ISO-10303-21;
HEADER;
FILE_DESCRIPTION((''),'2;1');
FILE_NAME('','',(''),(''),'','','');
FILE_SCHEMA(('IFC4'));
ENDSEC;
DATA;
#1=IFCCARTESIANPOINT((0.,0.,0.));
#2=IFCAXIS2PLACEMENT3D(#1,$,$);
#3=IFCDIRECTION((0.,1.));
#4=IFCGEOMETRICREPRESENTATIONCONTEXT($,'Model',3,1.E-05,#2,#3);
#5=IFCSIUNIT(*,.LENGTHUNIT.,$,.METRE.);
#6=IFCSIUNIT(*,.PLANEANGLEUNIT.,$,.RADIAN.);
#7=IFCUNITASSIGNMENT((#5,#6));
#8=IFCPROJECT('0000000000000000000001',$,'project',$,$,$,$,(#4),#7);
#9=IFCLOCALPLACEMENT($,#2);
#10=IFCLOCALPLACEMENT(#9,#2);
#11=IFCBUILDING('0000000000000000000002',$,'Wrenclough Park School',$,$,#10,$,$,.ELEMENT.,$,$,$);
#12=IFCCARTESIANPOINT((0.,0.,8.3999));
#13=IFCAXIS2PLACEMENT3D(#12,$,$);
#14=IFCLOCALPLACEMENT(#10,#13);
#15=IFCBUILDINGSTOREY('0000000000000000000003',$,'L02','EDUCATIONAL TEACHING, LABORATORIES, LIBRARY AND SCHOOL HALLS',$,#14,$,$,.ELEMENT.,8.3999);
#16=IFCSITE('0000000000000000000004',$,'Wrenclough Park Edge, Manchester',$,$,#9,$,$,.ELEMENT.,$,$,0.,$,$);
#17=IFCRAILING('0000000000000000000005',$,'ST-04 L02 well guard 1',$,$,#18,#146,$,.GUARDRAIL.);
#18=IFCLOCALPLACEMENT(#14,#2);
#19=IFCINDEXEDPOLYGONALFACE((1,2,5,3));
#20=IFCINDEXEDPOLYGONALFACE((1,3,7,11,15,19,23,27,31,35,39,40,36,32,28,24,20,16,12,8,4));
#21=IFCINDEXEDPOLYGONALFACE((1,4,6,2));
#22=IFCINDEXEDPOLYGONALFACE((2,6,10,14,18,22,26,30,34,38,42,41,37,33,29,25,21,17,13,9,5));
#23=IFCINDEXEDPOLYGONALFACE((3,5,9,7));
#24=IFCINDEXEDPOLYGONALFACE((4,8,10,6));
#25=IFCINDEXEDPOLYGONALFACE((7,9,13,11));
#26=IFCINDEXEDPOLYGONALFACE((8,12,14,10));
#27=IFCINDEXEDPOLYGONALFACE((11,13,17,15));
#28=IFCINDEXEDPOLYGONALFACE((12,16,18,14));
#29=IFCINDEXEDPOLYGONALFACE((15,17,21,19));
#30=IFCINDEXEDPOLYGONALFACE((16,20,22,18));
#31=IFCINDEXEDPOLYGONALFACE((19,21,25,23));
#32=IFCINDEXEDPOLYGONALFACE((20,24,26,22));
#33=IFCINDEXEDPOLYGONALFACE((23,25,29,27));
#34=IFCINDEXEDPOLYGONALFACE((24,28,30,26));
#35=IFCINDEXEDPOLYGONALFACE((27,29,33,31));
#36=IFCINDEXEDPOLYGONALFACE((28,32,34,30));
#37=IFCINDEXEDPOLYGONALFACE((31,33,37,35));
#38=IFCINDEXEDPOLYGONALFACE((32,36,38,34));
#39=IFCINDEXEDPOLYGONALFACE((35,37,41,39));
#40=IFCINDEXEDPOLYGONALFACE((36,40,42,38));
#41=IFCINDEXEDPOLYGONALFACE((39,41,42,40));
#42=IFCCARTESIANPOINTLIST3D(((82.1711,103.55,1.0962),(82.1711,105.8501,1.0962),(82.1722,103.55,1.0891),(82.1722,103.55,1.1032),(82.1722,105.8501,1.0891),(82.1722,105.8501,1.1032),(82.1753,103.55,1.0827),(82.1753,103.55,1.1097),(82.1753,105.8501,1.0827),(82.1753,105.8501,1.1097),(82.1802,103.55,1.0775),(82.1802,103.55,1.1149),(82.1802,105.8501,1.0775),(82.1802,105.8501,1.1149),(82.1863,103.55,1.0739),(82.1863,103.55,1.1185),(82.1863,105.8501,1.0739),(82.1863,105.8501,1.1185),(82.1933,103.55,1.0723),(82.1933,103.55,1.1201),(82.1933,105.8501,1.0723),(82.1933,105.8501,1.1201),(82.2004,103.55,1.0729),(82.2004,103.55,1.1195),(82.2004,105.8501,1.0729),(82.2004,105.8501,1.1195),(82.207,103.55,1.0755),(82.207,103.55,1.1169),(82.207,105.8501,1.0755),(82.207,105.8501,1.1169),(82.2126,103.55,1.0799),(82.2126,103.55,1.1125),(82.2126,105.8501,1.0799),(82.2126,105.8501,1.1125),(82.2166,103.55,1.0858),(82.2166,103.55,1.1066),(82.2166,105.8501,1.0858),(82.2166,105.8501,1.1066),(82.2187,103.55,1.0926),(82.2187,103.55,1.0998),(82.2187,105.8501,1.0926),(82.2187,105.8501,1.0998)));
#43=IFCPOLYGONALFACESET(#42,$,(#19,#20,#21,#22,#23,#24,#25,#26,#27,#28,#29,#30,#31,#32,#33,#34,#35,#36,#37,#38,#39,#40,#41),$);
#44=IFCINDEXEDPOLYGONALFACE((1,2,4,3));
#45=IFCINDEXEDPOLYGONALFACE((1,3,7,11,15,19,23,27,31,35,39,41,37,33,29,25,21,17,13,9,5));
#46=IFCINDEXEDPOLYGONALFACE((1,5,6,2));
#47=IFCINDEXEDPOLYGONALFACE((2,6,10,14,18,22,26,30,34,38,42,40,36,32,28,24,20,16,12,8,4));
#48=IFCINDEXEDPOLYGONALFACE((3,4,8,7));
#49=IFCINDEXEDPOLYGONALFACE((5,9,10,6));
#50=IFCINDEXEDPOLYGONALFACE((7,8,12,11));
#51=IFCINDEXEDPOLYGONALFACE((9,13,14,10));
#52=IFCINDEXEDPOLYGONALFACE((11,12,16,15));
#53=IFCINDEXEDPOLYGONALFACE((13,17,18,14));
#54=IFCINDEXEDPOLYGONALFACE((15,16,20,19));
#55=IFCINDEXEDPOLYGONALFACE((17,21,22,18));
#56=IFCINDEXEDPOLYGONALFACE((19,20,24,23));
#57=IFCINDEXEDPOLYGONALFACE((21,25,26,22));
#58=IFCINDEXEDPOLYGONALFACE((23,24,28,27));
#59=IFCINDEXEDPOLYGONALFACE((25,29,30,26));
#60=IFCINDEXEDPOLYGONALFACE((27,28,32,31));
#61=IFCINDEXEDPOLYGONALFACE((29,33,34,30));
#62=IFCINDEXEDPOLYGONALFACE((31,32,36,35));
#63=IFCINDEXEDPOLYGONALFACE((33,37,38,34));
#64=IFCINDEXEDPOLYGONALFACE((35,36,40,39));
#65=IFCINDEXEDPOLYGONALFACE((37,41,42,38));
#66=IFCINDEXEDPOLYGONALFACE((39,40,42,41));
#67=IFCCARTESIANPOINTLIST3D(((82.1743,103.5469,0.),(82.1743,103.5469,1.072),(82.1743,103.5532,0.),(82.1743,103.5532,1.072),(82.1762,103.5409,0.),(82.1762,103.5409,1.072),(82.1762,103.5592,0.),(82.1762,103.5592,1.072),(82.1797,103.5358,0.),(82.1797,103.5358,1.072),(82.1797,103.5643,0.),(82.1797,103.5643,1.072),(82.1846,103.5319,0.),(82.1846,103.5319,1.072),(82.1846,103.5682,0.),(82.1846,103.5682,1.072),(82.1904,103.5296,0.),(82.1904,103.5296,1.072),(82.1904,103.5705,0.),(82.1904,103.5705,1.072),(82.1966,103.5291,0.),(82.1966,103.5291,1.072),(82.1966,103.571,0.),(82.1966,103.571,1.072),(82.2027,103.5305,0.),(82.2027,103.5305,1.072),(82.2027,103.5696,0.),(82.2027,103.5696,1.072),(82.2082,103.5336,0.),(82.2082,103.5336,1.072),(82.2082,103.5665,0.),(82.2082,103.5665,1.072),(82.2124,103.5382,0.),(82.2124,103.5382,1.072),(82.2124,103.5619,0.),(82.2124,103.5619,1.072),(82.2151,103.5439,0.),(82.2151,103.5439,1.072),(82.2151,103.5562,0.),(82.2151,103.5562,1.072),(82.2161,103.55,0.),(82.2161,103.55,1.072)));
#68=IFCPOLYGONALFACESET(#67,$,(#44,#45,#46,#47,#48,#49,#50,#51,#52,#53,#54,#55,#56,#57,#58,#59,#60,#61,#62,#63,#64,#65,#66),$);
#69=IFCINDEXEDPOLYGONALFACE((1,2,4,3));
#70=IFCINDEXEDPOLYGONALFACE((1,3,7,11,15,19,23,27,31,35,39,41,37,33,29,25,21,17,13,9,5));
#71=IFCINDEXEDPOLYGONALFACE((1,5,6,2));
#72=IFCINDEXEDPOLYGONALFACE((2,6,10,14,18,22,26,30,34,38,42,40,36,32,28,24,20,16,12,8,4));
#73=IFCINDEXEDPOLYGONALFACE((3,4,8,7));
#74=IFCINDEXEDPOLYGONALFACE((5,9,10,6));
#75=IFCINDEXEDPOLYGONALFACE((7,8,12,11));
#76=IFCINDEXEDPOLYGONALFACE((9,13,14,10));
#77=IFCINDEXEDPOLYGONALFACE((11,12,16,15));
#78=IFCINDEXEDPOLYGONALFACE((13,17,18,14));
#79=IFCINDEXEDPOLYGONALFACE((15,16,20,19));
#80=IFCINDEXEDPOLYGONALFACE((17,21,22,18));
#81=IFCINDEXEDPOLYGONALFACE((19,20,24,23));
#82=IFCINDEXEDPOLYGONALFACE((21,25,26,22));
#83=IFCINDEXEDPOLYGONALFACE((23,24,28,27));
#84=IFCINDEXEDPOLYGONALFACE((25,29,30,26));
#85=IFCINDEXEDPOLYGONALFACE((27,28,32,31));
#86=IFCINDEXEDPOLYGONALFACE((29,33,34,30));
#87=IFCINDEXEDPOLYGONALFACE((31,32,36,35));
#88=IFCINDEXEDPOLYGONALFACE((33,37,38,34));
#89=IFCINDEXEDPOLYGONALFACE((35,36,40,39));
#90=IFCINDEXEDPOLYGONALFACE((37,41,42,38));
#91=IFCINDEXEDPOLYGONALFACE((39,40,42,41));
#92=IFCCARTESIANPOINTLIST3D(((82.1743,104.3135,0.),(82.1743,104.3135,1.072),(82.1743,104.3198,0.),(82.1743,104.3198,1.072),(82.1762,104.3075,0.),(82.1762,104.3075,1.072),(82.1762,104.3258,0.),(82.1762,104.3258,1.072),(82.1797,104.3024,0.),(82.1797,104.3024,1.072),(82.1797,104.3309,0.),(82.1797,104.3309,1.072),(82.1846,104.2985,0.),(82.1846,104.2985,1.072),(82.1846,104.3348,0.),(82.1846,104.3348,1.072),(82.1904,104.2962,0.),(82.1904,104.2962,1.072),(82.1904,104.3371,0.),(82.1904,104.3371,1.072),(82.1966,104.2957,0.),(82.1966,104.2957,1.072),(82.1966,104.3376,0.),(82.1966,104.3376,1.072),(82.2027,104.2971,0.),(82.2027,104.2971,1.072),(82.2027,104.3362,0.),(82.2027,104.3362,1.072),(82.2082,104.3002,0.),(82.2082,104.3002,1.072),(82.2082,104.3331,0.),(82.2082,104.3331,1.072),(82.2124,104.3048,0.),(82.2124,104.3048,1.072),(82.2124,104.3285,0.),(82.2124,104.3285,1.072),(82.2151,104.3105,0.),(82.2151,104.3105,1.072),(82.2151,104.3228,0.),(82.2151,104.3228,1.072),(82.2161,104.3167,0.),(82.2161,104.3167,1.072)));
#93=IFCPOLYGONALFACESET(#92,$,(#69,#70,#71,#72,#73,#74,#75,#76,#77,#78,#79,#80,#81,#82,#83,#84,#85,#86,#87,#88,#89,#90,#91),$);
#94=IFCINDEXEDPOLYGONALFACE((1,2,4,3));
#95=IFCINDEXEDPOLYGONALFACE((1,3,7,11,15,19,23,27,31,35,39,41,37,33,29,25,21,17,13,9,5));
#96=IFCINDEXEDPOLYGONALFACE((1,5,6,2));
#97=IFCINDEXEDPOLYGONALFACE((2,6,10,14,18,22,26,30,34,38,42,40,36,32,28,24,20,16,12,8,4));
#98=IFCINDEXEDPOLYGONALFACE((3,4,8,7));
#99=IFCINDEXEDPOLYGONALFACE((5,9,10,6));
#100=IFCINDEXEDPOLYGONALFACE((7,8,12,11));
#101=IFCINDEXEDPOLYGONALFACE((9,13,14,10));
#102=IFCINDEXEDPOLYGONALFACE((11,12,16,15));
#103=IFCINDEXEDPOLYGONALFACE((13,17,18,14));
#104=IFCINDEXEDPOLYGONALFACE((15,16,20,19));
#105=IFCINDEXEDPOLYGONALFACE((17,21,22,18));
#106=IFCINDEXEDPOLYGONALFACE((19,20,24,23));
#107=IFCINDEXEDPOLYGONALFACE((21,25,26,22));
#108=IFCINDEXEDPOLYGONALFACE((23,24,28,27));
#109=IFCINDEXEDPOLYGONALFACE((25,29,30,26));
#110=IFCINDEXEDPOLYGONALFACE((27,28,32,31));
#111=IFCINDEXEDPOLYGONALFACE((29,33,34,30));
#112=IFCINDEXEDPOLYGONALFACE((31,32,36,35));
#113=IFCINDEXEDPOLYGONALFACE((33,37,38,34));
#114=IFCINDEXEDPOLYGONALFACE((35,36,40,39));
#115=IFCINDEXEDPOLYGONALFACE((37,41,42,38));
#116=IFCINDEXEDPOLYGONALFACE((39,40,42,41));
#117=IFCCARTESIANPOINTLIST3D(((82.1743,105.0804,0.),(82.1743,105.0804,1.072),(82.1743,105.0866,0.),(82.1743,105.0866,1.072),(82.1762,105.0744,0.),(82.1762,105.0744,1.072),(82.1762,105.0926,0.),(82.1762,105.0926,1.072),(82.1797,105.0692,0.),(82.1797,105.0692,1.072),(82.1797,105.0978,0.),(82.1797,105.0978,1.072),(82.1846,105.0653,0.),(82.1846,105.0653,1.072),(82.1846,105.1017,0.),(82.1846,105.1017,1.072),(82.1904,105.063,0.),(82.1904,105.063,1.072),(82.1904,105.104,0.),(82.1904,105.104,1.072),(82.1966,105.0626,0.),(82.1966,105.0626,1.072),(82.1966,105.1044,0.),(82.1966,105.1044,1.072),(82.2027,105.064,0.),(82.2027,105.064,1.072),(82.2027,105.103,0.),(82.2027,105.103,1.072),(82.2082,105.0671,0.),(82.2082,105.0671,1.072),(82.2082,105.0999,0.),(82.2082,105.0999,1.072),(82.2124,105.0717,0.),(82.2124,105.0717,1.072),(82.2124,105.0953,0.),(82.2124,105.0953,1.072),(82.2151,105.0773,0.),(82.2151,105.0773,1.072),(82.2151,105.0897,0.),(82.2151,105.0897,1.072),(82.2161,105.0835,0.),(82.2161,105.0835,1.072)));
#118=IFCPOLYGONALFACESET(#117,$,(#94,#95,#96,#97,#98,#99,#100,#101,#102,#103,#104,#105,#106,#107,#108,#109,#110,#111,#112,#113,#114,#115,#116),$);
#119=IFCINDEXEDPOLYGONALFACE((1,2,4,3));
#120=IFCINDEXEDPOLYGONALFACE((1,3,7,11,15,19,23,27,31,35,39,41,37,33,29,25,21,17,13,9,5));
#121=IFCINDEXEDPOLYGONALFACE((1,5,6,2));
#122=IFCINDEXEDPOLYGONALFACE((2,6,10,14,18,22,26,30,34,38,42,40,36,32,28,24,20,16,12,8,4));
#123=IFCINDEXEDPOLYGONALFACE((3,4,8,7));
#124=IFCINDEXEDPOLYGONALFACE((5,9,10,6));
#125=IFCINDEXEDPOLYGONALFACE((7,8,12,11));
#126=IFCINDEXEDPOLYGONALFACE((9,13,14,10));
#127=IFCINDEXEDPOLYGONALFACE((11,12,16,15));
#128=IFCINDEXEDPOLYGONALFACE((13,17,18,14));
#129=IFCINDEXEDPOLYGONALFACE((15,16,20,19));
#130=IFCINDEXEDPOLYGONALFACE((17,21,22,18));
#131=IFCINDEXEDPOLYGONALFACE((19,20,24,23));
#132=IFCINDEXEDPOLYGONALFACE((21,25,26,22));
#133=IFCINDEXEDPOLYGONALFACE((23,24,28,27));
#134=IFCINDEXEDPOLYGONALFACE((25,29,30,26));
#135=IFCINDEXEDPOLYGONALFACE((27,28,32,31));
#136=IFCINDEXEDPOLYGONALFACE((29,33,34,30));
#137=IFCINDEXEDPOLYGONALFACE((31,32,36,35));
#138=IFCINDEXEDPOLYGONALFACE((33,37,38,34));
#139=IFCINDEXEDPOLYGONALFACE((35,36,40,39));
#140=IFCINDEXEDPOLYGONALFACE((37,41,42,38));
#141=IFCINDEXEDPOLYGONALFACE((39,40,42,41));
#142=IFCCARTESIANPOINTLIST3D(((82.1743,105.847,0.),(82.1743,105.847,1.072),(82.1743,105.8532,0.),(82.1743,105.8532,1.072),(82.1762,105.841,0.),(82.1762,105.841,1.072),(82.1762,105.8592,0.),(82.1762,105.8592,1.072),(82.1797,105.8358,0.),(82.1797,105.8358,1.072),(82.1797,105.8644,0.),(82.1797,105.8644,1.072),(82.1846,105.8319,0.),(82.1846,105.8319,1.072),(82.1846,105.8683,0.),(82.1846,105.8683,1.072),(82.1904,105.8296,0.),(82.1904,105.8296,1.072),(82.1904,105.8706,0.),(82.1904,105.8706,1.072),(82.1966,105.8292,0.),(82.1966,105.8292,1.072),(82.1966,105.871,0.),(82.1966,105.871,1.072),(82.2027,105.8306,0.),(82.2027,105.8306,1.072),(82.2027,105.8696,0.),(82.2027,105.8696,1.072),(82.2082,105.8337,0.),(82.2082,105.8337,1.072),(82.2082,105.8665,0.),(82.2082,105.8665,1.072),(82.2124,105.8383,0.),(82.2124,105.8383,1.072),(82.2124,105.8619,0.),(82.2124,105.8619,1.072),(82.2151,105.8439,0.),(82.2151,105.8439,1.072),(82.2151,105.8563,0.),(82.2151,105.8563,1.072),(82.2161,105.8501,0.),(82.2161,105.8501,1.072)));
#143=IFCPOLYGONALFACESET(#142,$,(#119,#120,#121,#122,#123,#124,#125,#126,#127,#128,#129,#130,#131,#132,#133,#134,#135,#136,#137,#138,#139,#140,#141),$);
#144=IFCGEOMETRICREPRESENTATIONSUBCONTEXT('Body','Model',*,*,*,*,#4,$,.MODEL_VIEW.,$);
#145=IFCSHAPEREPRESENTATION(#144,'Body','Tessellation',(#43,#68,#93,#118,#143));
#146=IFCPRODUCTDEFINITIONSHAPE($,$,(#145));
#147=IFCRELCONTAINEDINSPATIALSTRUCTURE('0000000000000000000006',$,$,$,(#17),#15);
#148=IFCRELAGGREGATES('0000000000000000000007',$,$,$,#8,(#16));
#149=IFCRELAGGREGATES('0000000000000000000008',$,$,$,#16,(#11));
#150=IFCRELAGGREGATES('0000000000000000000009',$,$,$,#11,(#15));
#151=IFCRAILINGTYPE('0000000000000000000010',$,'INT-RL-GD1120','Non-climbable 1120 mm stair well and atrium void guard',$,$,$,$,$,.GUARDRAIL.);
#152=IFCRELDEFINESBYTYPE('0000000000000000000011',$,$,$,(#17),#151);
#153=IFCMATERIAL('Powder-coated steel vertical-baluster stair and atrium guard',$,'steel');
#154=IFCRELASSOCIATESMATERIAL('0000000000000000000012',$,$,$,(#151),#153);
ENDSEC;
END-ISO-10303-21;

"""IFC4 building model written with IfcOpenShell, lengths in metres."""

from ifc_helpers import new_model, si_unit, direction, frame, origin, origin_2d, place, context, subcontext, project, spatial, circle, extrude, material, type_object, element, save


model = new_model("IFC4")

# Units and contexts
model_context = context("Model", 3, precision=1e-05, world=origin(), true_north=direction((0.0, 1.0)))
body_context = subcontext(model_context, "Body", "Model", "MODEL_VIEW")
ifc_project = project(units=[si_unit("LENGTHUNIT", "METRE"), si_unit("PLANEANGLEUNIT", "RADIAN")], contexts=[model_context])

# Site, building, storey
site_placement = place(None, origin())
site = spatial("IfcSite", under=ifc_project, at=site_placement, Name="Wrenclough Park Edge, Manchester", CompositionType="ELEMENT", RefElevation=0.0)
building_placement = place(site_placement, origin())
building = spatial("IfcBuilding", under=site, at=building_placement, Name="Wrenclough Park School", CompositionType="ELEMENT")
storey_placement = place(building_placement, frame((0.0, 0.0, 8.3999)))
storey = spatial("IfcBuildingStorey", under=building, at=storey_placement, Name="L02", Description="EDUCATIONAL TEACHING, LABORATORIES, LIBRARY AND SCHOOL HALLS", CompositionType="ELEMENT", Elevation=8.3999)

# Railing
ifc_material_1 = material(Name="Powder-coated steel vertical-baluster stair and atrium guard", Category="steel")
railing_type_1 = type_object("IfcRailingType", Name="INT-RL-GD1120", Description="Non-climbable 1120 mm stair well and atrium void guard", PredefinedType="GUARDRAIL", material=ifc_material_1)
railing_1_placement = place(storey_placement, frame((82.1951, 103.55, 0.0)))
element("IfcRailing", 1, at=railing_1_placement, inside=storey, type_object=railing_type_1, Name="ST-04 L02 well guard 1", PredefinedType="GUARDRAIL", context=body_context, shape_type="SweptSolid", body=[
    extrude(circle(Radius=0.0239, at=origin_2d()), frame((0.0, 0.0, 1.0962), z_axis=(0.0, 1.0, 0.0), x_axis=(-1.0, 0.0, 0.0)), (0.0, 0.0, 1.0), 2.3),
    extrude(circle(Radius=0.021, at=origin_2d()), origin(), (0.0, 0.0, 1.0), 1.072),
    extrude(circle(Radius=0.021, at=origin_2d()), frame((0.0, 0.7666, 0.0)), (0.0, 0.0, 1.0), 1.072),
    extrude(circle(Radius=0.021, at=origin_2d()), frame((0.0, 1.5334, 0.0)), (0.0, 0.0, 1.0), 1.072),
    extrude(circle(Radius=0.021, at=origin_2d()), frame((0.0, 2.3, 0.0)), (0.0, 0.0, 1.0), 1.072),
])

save(model, "model.ifc")
